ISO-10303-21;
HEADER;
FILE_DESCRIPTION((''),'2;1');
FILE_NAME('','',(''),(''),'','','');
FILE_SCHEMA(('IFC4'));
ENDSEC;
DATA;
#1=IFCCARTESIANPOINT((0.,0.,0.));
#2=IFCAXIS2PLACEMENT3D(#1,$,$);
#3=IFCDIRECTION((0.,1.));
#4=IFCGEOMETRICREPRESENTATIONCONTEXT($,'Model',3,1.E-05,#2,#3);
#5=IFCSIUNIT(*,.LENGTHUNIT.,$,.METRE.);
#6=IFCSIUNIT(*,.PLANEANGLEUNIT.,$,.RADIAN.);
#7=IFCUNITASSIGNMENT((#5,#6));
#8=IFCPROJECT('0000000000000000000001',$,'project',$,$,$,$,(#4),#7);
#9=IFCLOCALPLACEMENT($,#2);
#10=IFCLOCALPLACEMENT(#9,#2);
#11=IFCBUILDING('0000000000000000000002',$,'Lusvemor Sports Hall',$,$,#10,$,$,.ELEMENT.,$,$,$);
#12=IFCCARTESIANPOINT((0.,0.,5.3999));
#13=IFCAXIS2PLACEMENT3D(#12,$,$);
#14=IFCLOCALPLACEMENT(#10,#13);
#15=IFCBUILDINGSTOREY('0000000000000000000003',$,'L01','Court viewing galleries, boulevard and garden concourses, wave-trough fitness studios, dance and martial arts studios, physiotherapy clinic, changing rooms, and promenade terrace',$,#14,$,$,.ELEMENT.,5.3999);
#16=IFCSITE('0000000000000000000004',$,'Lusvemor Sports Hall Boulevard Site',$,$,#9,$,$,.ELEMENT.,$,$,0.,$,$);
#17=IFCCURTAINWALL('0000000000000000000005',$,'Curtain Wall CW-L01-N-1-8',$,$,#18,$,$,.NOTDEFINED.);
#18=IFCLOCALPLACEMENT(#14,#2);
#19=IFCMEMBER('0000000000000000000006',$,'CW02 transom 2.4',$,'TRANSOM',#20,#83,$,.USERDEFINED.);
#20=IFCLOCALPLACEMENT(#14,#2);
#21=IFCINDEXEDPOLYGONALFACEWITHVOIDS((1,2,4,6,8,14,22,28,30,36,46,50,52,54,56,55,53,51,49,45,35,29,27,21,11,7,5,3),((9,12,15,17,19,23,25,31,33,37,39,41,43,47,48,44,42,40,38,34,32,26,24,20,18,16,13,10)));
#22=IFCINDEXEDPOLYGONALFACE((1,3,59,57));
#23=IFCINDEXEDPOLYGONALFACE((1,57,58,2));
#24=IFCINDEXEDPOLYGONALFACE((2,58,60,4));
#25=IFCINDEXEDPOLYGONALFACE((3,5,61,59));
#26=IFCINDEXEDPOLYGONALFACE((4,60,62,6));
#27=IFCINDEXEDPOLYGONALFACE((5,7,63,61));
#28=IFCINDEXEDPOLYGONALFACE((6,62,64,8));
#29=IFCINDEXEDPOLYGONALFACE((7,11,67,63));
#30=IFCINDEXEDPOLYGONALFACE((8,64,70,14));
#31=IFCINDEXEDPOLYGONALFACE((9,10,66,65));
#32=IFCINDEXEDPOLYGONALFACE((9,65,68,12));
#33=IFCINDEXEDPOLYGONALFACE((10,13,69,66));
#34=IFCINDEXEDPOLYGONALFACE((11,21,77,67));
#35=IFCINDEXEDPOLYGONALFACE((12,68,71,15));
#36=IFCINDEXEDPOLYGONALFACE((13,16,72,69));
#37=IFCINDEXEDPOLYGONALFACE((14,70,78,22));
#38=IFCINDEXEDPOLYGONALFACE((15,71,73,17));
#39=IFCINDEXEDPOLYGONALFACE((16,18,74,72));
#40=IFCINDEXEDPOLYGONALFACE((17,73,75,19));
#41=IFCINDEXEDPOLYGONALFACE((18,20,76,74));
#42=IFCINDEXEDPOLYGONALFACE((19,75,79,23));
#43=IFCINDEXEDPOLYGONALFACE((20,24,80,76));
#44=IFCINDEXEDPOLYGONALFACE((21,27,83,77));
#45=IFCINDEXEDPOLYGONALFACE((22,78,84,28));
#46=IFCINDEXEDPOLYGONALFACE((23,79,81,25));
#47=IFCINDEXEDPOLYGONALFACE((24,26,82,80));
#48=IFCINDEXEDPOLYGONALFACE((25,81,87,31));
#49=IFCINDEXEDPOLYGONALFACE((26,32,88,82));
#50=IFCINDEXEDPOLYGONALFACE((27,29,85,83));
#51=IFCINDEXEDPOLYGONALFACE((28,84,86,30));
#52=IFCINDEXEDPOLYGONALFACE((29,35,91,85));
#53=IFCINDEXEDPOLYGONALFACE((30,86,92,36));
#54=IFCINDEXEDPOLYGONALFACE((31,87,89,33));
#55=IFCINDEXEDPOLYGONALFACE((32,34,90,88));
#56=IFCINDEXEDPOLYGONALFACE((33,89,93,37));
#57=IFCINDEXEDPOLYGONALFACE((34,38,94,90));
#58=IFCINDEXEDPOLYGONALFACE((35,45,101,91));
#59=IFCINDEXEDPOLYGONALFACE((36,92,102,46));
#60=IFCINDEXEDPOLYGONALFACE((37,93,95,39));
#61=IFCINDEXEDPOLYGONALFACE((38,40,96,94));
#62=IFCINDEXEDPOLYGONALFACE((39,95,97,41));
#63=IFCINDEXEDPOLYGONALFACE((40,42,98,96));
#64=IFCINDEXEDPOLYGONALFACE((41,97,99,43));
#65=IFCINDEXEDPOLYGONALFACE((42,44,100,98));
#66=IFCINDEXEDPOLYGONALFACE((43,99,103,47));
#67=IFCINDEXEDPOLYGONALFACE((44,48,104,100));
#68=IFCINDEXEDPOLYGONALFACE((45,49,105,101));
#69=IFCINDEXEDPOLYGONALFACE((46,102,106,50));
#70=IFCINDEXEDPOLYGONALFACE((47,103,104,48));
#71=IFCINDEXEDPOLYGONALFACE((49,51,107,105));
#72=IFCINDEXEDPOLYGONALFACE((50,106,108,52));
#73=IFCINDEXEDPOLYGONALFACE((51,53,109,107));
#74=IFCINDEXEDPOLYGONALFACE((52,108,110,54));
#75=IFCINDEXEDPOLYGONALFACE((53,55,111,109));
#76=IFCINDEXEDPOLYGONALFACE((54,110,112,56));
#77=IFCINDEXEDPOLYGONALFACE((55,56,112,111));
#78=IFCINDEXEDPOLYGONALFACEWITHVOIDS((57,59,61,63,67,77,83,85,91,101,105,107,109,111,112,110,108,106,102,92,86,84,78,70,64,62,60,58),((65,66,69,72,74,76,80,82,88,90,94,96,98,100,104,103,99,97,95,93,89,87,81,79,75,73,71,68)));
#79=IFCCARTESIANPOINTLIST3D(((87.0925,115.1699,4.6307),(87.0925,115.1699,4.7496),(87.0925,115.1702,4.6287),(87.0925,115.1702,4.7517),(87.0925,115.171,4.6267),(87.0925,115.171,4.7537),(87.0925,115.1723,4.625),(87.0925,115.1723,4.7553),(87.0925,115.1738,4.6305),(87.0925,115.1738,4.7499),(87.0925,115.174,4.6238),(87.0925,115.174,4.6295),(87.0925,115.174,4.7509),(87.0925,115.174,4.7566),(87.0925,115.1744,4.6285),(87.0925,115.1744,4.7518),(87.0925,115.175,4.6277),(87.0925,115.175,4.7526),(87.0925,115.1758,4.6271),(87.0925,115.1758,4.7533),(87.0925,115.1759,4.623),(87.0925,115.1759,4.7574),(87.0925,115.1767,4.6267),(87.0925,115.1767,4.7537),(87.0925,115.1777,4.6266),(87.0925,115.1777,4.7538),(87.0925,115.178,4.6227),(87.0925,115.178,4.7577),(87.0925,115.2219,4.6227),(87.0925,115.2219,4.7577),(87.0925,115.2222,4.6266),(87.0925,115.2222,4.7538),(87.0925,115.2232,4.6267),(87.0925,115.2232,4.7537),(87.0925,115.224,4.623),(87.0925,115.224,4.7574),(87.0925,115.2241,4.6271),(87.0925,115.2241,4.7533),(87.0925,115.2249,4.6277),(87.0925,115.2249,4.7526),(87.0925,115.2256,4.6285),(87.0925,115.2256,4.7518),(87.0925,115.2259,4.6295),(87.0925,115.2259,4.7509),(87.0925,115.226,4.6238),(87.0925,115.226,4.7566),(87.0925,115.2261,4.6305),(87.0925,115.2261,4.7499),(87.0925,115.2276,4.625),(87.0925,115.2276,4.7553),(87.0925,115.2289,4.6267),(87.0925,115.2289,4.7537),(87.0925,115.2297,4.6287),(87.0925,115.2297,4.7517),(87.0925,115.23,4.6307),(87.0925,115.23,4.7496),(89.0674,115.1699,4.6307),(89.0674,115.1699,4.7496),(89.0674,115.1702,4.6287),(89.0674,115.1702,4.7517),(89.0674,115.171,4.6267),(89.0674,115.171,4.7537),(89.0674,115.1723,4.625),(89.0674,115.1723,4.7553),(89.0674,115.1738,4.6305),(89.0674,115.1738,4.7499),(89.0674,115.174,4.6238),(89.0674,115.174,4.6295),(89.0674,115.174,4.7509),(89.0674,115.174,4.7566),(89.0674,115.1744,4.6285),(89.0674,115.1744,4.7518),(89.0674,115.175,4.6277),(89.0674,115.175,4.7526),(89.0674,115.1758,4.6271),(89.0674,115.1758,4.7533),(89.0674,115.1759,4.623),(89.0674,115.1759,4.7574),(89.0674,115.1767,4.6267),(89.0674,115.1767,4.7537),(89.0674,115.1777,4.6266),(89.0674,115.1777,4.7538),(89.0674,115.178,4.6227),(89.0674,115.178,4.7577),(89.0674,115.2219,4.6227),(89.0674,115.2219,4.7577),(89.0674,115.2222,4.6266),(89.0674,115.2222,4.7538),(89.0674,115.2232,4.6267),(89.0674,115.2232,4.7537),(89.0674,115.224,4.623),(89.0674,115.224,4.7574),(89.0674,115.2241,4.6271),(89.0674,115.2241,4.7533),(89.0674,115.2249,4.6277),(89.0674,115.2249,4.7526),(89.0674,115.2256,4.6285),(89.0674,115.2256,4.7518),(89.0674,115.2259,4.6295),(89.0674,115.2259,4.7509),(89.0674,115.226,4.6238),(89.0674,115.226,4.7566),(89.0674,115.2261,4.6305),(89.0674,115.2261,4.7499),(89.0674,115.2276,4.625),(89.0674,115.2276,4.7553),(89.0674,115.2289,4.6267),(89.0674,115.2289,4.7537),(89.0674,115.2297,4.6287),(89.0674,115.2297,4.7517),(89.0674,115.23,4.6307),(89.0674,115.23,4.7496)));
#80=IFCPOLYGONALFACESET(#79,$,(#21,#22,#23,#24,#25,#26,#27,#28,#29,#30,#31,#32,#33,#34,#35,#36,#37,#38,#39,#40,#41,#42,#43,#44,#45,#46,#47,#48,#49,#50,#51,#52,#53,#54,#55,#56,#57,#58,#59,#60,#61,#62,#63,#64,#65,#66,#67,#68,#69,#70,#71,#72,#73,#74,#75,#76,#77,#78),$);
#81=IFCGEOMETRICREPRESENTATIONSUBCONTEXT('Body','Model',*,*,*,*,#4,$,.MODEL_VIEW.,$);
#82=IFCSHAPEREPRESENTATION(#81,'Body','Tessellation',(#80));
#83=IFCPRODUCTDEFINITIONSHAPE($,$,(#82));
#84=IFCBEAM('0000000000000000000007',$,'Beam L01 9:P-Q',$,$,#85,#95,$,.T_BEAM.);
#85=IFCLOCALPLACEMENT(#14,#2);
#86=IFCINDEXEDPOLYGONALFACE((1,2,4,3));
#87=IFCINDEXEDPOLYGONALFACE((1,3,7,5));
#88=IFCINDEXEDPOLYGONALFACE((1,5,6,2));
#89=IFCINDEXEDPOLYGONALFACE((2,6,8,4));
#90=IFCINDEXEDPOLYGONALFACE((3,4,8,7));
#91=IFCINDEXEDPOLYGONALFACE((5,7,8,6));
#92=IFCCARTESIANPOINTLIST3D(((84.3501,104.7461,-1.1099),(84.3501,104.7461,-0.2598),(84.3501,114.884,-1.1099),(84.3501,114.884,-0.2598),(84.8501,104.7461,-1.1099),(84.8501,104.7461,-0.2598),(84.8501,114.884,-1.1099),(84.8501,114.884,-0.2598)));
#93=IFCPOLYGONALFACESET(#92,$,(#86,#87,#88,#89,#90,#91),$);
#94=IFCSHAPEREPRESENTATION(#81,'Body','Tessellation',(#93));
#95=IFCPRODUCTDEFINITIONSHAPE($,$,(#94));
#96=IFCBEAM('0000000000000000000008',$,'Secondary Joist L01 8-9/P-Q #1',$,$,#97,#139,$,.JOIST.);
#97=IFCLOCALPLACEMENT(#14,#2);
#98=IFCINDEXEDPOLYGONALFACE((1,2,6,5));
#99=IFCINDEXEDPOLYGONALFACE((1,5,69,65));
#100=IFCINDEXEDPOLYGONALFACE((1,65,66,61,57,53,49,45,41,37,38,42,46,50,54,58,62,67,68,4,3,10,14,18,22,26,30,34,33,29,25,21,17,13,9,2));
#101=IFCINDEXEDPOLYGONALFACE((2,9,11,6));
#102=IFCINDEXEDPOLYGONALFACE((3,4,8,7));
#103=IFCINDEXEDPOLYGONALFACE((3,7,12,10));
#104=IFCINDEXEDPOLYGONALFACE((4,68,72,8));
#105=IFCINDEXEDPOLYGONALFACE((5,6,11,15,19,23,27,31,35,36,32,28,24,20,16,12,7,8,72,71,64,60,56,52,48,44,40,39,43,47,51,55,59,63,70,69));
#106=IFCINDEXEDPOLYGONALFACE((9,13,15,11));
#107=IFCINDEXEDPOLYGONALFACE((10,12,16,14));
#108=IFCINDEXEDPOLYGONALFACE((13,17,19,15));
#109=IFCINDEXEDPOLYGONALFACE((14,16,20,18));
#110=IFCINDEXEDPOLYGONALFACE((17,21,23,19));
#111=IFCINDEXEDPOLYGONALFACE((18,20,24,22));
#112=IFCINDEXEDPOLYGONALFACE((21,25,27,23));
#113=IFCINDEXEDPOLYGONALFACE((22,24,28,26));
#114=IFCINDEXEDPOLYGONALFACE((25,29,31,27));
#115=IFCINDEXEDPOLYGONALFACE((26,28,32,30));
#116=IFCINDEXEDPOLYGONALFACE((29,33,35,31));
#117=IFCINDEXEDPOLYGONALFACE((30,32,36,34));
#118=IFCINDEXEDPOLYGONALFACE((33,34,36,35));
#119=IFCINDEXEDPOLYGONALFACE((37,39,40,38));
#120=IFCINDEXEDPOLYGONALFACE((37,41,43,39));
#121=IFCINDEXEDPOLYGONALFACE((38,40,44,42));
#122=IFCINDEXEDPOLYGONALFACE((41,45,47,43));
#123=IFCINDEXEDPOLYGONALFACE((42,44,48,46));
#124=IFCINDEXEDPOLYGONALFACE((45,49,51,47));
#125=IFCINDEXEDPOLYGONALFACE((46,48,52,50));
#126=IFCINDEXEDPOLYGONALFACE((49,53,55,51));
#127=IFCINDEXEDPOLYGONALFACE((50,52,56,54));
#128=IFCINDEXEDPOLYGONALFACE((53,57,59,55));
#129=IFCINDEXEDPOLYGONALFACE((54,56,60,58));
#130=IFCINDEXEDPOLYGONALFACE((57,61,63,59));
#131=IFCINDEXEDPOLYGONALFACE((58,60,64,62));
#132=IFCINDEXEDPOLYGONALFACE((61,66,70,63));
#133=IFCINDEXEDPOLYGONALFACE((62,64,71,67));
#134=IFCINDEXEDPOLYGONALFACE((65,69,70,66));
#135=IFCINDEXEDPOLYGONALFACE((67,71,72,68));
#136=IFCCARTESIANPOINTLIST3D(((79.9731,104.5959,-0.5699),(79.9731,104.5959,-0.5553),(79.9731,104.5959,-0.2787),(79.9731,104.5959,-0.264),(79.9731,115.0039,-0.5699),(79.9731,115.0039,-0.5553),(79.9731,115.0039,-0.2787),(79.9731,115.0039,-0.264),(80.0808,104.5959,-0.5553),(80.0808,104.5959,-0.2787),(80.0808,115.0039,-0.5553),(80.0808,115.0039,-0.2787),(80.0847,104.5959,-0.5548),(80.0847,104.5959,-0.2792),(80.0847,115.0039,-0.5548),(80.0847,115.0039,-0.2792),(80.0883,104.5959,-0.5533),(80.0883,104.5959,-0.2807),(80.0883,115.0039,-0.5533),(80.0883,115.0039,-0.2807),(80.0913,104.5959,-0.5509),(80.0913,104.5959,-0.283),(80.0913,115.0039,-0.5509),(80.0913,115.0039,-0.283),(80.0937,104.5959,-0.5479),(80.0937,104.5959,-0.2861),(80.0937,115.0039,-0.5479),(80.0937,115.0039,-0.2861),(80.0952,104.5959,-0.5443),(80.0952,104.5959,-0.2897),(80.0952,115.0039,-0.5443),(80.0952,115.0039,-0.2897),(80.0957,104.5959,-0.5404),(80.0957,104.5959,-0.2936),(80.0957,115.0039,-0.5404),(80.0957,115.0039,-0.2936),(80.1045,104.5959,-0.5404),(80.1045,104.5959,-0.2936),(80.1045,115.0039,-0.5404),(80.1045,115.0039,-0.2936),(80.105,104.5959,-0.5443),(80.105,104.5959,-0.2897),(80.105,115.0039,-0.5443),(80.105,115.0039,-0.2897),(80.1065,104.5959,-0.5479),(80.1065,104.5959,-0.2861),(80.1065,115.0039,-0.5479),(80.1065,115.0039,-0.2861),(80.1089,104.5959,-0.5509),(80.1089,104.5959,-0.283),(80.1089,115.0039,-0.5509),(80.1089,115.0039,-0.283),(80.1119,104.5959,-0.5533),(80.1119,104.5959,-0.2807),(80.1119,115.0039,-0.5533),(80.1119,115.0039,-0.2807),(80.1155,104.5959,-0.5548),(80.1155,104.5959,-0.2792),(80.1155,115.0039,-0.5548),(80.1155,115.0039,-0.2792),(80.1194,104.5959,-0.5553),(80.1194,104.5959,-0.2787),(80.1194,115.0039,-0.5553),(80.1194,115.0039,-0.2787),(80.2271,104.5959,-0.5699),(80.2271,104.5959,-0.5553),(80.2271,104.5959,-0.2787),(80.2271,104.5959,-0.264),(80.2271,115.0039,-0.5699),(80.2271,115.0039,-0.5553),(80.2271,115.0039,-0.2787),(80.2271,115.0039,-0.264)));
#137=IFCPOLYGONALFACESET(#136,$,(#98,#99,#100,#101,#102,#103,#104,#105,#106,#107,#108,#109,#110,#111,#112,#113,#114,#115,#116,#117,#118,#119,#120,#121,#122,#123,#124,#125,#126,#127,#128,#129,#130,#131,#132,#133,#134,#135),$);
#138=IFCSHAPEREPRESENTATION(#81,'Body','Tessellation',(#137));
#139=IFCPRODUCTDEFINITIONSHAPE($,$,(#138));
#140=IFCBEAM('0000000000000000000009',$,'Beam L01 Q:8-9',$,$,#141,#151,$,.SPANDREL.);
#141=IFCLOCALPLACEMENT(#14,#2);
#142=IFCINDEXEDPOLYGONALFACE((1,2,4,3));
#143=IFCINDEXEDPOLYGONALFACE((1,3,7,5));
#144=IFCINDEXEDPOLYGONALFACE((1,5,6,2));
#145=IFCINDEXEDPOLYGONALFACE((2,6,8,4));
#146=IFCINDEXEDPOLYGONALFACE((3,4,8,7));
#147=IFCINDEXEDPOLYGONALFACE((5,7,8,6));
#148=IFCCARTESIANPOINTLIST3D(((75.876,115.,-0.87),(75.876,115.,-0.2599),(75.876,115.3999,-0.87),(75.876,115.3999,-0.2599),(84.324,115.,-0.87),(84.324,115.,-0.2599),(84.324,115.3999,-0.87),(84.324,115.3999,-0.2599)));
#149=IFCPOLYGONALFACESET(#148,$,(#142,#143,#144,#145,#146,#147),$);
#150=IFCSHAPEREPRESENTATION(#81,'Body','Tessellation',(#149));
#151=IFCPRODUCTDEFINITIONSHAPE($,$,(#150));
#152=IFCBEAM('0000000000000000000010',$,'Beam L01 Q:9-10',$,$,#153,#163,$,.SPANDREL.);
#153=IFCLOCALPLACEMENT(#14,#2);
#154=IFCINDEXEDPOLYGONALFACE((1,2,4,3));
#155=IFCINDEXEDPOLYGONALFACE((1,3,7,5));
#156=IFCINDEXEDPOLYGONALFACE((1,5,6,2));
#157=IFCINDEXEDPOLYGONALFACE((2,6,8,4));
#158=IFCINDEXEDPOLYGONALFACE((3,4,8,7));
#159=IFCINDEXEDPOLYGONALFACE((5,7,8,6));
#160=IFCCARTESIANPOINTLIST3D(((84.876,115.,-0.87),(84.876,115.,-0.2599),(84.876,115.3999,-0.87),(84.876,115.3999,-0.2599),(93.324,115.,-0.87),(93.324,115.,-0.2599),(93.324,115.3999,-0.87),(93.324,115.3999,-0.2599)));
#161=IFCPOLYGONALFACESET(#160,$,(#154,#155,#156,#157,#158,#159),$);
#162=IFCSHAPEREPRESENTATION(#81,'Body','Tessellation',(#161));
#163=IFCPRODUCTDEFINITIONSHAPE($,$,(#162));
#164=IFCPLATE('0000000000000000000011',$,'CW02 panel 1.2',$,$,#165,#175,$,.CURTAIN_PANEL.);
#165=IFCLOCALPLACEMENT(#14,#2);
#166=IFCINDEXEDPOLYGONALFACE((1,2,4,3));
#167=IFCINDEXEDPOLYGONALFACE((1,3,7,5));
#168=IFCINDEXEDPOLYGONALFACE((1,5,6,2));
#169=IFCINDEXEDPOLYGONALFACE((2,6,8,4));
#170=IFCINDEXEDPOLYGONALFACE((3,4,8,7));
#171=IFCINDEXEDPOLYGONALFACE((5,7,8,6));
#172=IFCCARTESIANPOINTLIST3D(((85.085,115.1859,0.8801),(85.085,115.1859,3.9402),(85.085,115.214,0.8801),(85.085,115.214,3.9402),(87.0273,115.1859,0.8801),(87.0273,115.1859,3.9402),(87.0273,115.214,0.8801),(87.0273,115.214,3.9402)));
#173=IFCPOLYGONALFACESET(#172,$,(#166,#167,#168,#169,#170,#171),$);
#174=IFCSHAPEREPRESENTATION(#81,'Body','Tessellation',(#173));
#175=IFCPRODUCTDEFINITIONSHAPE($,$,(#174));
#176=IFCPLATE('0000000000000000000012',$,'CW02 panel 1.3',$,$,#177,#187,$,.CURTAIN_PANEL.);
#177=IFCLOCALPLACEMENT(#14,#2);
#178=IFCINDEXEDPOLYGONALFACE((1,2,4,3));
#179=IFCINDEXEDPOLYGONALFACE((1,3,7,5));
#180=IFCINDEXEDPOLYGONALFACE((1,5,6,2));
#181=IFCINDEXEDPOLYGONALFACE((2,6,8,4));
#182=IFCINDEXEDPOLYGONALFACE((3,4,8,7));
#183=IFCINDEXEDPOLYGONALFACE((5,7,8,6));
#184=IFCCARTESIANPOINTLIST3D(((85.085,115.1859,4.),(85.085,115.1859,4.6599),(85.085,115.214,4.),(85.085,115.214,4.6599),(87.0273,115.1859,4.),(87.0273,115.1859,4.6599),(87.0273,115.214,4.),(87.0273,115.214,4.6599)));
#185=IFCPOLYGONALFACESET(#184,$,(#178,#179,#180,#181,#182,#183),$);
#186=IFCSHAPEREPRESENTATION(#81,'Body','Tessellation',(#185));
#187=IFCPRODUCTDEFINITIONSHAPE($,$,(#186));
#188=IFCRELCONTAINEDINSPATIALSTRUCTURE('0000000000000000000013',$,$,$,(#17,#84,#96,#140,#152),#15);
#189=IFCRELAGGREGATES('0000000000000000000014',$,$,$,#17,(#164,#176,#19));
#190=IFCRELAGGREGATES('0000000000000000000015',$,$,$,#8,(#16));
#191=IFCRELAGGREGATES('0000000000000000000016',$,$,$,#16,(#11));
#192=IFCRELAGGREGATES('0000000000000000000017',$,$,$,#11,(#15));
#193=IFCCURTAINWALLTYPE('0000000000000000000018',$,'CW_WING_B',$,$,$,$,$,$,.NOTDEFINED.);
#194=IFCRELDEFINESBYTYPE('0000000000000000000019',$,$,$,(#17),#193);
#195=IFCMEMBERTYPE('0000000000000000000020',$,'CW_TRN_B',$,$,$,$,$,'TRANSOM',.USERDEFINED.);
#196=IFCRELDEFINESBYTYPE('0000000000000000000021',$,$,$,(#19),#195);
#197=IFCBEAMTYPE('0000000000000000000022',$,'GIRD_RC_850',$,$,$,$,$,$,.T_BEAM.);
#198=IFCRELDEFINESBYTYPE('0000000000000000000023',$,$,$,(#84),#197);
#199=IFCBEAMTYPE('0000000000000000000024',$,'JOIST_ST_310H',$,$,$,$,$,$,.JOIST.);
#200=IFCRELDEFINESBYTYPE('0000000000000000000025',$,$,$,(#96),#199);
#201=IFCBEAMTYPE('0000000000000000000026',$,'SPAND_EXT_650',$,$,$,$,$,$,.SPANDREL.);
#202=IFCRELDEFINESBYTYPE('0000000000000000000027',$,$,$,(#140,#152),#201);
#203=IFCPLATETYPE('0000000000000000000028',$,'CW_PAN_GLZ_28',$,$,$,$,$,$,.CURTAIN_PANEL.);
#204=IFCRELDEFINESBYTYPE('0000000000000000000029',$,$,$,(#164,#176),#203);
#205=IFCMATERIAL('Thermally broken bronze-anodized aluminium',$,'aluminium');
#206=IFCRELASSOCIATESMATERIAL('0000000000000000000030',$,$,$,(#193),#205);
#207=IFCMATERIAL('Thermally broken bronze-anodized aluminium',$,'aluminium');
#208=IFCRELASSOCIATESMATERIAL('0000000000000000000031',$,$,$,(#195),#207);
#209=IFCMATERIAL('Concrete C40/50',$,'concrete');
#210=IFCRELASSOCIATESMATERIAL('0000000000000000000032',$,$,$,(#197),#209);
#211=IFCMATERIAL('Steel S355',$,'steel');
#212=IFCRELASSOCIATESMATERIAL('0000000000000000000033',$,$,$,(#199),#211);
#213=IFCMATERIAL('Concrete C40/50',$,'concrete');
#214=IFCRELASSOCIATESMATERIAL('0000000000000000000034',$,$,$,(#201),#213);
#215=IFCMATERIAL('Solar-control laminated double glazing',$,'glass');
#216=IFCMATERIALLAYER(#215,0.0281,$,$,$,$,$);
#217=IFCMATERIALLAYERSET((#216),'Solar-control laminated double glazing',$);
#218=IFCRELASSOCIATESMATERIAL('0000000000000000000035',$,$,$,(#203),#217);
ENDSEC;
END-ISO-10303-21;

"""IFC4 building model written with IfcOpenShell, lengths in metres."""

from ifc_helpers import new_model, si_unit, direction, frame, origin, origin_2d, place, context, subcontext, project, spatial, rectangle, hollow_rectangle, i_section, extrude, material, layer, layer_set, material_profile, profile_set, type_object, element, aggregate, save


model = new_model("IFC4")

# Units and contexts
model_context = context("Model", 3, precision=1e-05, world=origin(), true_north=direction((0.0, 1.0)))
body_context = subcontext(model_context, "Body", "Model", "MODEL_VIEW")
ifc_project = project(units=[si_unit("LENGTHUNIT", "METRE"), si_unit("PLANEANGLEUNIT", "RADIAN")], contexts=[model_context])

# Site, building, storey
site_placement = place(None, origin())
site = spatial("IfcSite", under=ifc_project, at=site_placement, Name="Lusvemor Sports Hall Boulevard Site", CompositionType="ELEMENT", RefElevation=0.0)
building_placement = place(site_placement, origin())
building = spatial("IfcBuilding", under=site, at=building_placement, Name="Lusvemor Sports Hall", CompositionType="ELEMENT")
storey_placement = place(building_placement, frame((0.0, 0.0, 5.3999)))
storey = spatial("IfcBuildingStorey", under=building, at=storey_placement, Name="L01", Description="Court viewing galleries, boulevard and garden concourses, wave-trough fitness studios, dance and martial arts studios, physiotherapy clinic, changing rooms, and promenade terrace", CompositionType="ELEMENT", Elevation=5.3999)

# Curtain wall, member
ifc_material_1 = material(Name="Thermally broken bronze-anodized aluminium", Category="aluminium")
curtain_wall_type = type_object("IfcCurtainWallType", Name="CW_WING_B", PredefinedType="NOTDEFINED", material=ifc_material_1)
curtain_wall_placement = place(storey_placement, origin())
curtain_wall = element("IfcCurtainWall", 1, at=curtain_wall_placement, inside=storey, type_object=curtain_wall_type, Name="Curtain Wall CW-L01-N-1-8", PredefinedType="NOTDEFINED")
ifc_material_2 = material(Name="Thermally broken bronze-anodized aluminium", Category="aluminium")
ifc_material_profile_1 = material_profile(ifc_material_2, hollow_rectangle(XDim=0.0601, YDim=0.135, WallThickness=0.0039, InnerFilletRadius=0.0039, OuterFilletRadius=0.0081, at=origin_2d()), Name="CWTRN135x60x4")
ifc_profile_set_1 = profile_set([ifc_material_profile_1], Name="Thermally broken bronze-anodized aluminium")
member_type_1 = type_object("IfcMemberType", Name="CW_TRN_B", ElementType="TRANSOM", PredefinedType="USERDEFINED", material=ifc_profile_set_1)
member_1_placement = place(storey_placement, frame((87.0925, 115.2, 4.6902), z_axis=(1.0, 0.0, 0.0), x_axis=(0.0, 1.0, 0.0)))
member_1 = element("IfcMember", 2, at=member_1_placement, type_object=member_type_1, Name="CW02 transom 2.4", ObjectType="TRANSOM", PredefinedType="USERDEFINED", context=body_context, shape_type="SweptSolid", body=[
    extrude(hollow_rectangle(XDim=0.0601, YDim=0.135, WallThickness=0.0039, InnerFilletRadius=0.0039, OuterFilletRadius=0.0081, at=origin_2d()), origin(), (0.0, 0.0, 1.0), 1.9749),
])

# Beams
ifc_material_3 = material(Name="Concrete C40/50", Category="concrete")
ifc_material_profile_2 = material_profile(ifc_material_3, rectangle(XDim=0.5, YDim=0.8501, at=origin_2d()), Name="RC500x850")
ifc_profile_set_2 = profile_set([ifc_material_profile_2], Name="Concrete C40/50")
beam_type_1 = type_object("IfcBeamType", Name="GIRD_RC_850", PredefinedType="T_BEAM", material=ifc_profile_set_2)
beam_1_placement = place(storey_placement, frame((84.6001, 104.7461, -0.6848), z_axis=(0.0, 1.0, 0.0), x_axis=(-1.0, 0.0, 0.0)))
element("IfcBeam", 3, at=beam_1_placement, inside=storey, type_object=beam_type_1, Name="Beam L01 9:P-Q", PredefinedType="T_BEAM", context=body_context, shape_type="SweptSolid", body=[
    extrude(rectangle(XDim=0.5, YDim=0.8501, at=origin_2d()), origin(), (0.0, 0.0, 1.0), 10.1379),
])
ifc_material_4 = material(Name="Steel S355", Category="steel")
ifc_material_profile_3 = material_profile(ifc_material_4, i_section(OverallWidth=0.2539, OverallDepth=0.3059, WebThickness=0.0088, FlangeThickness=0.0146, FilletRadius=0.0149, at=origin_2d()), Name="W310x79.0")
ifc_profile_set_3 = profile_set([ifc_material_profile_3], Name="Steel S355")
beam_type_2 = type_object("IfcBeamType", Name="JOIST_ST_310H", PredefinedType="JOIST", material=ifc_profile_set_3)
beam_2_placement = place(storey_placement, frame((80.1001, 104.5959, -0.417), z_axis=(0.0, 1.0, 0.0), x_axis=(-1.0, 0.0, 0.0)))
element("IfcBeam", 4, at=beam_2_placement, inside=storey, type_object=beam_type_2, Name="Secondary Joist L01 8-9/P-Q #1", PredefinedType="JOIST", context=body_context, shape_type="SweptSolid", body=[
    extrude(i_section(OverallWidth=0.2539, OverallDepth=0.3059, WebThickness=0.0088, FlangeThickness=0.0146, FilletRadius=0.0149, at=origin_2d()), origin(), (0.0, 0.0, 1.0), 10.408),
])
ifc_material_5 = material(Name="Concrete C40/50", Category="concrete")
ifc_material_profile_4 = material_profile(ifc_material_5, rectangle(XDim=0.3999, YDim=0.6101, at=origin_2d()), Name="RC400x610")
ifc_profile_set_4 = profile_set([ifc_material_profile_4], Name="Concrete C40/50")
beam_type_3 = type_object("IfcBeamType", Name="SPAND_EXT_650", PredefinedType="SPANDREL", material=ifc_profile_set_4)
for number, where, z_axis, x_axis, name in (
    (5, (75.876, 115.2, -0.5649), (1.0, 0.0, 0.0), (0.0, 1.0, 0.0), "Beam L01 Q:8-9"),
    (6, (84.876, 115.2, -0.5649), (1.0, 0.0, 0.0), (0.0, 1.0, 0.0), "Beam L01 Q:9-10"),
):
    element("IfcBeam", number, at=place(storey_placement, frame(where, z_axis=z_axis, x_axis=x_axis)), inside=storey, type_object=beam_type_3, Name=name, PredefinedType="SPANDREL", context=body_context, shape_type="SweptSolid", body=[
        extrude(rectangle(XDim=0.3999, YDim=0.6101, at=origin_2d()), origin(), (0.0, 0.0, 1.0), 8.448),
    ])

# Plates
ifc_material_6 = material(Name="Solar-control laminated double glazing", Category="glass")
ifc_layer_1 = layer(ifc_material_6, 0.0281)
ifc_layer_set_1 = layer_set([ifc_layer_1], Name="Solar-control laminated double glazing")
plate_type_1 = type_object("IfcPlateType", Name="CW_PAN_GLZ_28", PredefinedType="CURTAIN_PANEL", material=ifc_layer_set_1)
plate_1_placement = place(storey_placement, frame((86.0562, 115.2, 0.8801), z_axis=(0.0, 0.0, 1.0), x_axis=(1.0, 0.0, 0.0)))
plate_1 = element("IfcPlate", 7, at=plate_1_placement, type_object=plate_type_1, Name="CW02 panel 1.2", PredefinedType="CURTAIN_PANEL", context=body_context, shape_type="SweptSolid", body=[
    extrude(rectangle(XDim=1.9424, YDim=0.0281, at=origin_2d()), origin(), (0.0, 0.0, 1.0), 3.0601),
])
plate_2_placement = place(storey_placement, frame((86.0562, 115.2, 4.0), z_axis=(0.0, 0.0, 1.0), x_axis=(1.0, 0.0, 0.0)))
plate_2 = element("IfcPlate", 8, at=plate_2_placement, type_object=plate_type_1, Name="CW02 panel 1.3", PredefinedType="CURTAIN_PANEL", context=body_context, shape_type="SweptSolid", body=[
    extrude(rectangle(XDim=1.9424, YDim=0.0281, at=origin_2d()), origin(), (0.0, 0.0, 1.0), 0.6599),
])
aggregate(curtain_wall, [plate_1, plate_2, member_1])

save(model, "model.ifc")
